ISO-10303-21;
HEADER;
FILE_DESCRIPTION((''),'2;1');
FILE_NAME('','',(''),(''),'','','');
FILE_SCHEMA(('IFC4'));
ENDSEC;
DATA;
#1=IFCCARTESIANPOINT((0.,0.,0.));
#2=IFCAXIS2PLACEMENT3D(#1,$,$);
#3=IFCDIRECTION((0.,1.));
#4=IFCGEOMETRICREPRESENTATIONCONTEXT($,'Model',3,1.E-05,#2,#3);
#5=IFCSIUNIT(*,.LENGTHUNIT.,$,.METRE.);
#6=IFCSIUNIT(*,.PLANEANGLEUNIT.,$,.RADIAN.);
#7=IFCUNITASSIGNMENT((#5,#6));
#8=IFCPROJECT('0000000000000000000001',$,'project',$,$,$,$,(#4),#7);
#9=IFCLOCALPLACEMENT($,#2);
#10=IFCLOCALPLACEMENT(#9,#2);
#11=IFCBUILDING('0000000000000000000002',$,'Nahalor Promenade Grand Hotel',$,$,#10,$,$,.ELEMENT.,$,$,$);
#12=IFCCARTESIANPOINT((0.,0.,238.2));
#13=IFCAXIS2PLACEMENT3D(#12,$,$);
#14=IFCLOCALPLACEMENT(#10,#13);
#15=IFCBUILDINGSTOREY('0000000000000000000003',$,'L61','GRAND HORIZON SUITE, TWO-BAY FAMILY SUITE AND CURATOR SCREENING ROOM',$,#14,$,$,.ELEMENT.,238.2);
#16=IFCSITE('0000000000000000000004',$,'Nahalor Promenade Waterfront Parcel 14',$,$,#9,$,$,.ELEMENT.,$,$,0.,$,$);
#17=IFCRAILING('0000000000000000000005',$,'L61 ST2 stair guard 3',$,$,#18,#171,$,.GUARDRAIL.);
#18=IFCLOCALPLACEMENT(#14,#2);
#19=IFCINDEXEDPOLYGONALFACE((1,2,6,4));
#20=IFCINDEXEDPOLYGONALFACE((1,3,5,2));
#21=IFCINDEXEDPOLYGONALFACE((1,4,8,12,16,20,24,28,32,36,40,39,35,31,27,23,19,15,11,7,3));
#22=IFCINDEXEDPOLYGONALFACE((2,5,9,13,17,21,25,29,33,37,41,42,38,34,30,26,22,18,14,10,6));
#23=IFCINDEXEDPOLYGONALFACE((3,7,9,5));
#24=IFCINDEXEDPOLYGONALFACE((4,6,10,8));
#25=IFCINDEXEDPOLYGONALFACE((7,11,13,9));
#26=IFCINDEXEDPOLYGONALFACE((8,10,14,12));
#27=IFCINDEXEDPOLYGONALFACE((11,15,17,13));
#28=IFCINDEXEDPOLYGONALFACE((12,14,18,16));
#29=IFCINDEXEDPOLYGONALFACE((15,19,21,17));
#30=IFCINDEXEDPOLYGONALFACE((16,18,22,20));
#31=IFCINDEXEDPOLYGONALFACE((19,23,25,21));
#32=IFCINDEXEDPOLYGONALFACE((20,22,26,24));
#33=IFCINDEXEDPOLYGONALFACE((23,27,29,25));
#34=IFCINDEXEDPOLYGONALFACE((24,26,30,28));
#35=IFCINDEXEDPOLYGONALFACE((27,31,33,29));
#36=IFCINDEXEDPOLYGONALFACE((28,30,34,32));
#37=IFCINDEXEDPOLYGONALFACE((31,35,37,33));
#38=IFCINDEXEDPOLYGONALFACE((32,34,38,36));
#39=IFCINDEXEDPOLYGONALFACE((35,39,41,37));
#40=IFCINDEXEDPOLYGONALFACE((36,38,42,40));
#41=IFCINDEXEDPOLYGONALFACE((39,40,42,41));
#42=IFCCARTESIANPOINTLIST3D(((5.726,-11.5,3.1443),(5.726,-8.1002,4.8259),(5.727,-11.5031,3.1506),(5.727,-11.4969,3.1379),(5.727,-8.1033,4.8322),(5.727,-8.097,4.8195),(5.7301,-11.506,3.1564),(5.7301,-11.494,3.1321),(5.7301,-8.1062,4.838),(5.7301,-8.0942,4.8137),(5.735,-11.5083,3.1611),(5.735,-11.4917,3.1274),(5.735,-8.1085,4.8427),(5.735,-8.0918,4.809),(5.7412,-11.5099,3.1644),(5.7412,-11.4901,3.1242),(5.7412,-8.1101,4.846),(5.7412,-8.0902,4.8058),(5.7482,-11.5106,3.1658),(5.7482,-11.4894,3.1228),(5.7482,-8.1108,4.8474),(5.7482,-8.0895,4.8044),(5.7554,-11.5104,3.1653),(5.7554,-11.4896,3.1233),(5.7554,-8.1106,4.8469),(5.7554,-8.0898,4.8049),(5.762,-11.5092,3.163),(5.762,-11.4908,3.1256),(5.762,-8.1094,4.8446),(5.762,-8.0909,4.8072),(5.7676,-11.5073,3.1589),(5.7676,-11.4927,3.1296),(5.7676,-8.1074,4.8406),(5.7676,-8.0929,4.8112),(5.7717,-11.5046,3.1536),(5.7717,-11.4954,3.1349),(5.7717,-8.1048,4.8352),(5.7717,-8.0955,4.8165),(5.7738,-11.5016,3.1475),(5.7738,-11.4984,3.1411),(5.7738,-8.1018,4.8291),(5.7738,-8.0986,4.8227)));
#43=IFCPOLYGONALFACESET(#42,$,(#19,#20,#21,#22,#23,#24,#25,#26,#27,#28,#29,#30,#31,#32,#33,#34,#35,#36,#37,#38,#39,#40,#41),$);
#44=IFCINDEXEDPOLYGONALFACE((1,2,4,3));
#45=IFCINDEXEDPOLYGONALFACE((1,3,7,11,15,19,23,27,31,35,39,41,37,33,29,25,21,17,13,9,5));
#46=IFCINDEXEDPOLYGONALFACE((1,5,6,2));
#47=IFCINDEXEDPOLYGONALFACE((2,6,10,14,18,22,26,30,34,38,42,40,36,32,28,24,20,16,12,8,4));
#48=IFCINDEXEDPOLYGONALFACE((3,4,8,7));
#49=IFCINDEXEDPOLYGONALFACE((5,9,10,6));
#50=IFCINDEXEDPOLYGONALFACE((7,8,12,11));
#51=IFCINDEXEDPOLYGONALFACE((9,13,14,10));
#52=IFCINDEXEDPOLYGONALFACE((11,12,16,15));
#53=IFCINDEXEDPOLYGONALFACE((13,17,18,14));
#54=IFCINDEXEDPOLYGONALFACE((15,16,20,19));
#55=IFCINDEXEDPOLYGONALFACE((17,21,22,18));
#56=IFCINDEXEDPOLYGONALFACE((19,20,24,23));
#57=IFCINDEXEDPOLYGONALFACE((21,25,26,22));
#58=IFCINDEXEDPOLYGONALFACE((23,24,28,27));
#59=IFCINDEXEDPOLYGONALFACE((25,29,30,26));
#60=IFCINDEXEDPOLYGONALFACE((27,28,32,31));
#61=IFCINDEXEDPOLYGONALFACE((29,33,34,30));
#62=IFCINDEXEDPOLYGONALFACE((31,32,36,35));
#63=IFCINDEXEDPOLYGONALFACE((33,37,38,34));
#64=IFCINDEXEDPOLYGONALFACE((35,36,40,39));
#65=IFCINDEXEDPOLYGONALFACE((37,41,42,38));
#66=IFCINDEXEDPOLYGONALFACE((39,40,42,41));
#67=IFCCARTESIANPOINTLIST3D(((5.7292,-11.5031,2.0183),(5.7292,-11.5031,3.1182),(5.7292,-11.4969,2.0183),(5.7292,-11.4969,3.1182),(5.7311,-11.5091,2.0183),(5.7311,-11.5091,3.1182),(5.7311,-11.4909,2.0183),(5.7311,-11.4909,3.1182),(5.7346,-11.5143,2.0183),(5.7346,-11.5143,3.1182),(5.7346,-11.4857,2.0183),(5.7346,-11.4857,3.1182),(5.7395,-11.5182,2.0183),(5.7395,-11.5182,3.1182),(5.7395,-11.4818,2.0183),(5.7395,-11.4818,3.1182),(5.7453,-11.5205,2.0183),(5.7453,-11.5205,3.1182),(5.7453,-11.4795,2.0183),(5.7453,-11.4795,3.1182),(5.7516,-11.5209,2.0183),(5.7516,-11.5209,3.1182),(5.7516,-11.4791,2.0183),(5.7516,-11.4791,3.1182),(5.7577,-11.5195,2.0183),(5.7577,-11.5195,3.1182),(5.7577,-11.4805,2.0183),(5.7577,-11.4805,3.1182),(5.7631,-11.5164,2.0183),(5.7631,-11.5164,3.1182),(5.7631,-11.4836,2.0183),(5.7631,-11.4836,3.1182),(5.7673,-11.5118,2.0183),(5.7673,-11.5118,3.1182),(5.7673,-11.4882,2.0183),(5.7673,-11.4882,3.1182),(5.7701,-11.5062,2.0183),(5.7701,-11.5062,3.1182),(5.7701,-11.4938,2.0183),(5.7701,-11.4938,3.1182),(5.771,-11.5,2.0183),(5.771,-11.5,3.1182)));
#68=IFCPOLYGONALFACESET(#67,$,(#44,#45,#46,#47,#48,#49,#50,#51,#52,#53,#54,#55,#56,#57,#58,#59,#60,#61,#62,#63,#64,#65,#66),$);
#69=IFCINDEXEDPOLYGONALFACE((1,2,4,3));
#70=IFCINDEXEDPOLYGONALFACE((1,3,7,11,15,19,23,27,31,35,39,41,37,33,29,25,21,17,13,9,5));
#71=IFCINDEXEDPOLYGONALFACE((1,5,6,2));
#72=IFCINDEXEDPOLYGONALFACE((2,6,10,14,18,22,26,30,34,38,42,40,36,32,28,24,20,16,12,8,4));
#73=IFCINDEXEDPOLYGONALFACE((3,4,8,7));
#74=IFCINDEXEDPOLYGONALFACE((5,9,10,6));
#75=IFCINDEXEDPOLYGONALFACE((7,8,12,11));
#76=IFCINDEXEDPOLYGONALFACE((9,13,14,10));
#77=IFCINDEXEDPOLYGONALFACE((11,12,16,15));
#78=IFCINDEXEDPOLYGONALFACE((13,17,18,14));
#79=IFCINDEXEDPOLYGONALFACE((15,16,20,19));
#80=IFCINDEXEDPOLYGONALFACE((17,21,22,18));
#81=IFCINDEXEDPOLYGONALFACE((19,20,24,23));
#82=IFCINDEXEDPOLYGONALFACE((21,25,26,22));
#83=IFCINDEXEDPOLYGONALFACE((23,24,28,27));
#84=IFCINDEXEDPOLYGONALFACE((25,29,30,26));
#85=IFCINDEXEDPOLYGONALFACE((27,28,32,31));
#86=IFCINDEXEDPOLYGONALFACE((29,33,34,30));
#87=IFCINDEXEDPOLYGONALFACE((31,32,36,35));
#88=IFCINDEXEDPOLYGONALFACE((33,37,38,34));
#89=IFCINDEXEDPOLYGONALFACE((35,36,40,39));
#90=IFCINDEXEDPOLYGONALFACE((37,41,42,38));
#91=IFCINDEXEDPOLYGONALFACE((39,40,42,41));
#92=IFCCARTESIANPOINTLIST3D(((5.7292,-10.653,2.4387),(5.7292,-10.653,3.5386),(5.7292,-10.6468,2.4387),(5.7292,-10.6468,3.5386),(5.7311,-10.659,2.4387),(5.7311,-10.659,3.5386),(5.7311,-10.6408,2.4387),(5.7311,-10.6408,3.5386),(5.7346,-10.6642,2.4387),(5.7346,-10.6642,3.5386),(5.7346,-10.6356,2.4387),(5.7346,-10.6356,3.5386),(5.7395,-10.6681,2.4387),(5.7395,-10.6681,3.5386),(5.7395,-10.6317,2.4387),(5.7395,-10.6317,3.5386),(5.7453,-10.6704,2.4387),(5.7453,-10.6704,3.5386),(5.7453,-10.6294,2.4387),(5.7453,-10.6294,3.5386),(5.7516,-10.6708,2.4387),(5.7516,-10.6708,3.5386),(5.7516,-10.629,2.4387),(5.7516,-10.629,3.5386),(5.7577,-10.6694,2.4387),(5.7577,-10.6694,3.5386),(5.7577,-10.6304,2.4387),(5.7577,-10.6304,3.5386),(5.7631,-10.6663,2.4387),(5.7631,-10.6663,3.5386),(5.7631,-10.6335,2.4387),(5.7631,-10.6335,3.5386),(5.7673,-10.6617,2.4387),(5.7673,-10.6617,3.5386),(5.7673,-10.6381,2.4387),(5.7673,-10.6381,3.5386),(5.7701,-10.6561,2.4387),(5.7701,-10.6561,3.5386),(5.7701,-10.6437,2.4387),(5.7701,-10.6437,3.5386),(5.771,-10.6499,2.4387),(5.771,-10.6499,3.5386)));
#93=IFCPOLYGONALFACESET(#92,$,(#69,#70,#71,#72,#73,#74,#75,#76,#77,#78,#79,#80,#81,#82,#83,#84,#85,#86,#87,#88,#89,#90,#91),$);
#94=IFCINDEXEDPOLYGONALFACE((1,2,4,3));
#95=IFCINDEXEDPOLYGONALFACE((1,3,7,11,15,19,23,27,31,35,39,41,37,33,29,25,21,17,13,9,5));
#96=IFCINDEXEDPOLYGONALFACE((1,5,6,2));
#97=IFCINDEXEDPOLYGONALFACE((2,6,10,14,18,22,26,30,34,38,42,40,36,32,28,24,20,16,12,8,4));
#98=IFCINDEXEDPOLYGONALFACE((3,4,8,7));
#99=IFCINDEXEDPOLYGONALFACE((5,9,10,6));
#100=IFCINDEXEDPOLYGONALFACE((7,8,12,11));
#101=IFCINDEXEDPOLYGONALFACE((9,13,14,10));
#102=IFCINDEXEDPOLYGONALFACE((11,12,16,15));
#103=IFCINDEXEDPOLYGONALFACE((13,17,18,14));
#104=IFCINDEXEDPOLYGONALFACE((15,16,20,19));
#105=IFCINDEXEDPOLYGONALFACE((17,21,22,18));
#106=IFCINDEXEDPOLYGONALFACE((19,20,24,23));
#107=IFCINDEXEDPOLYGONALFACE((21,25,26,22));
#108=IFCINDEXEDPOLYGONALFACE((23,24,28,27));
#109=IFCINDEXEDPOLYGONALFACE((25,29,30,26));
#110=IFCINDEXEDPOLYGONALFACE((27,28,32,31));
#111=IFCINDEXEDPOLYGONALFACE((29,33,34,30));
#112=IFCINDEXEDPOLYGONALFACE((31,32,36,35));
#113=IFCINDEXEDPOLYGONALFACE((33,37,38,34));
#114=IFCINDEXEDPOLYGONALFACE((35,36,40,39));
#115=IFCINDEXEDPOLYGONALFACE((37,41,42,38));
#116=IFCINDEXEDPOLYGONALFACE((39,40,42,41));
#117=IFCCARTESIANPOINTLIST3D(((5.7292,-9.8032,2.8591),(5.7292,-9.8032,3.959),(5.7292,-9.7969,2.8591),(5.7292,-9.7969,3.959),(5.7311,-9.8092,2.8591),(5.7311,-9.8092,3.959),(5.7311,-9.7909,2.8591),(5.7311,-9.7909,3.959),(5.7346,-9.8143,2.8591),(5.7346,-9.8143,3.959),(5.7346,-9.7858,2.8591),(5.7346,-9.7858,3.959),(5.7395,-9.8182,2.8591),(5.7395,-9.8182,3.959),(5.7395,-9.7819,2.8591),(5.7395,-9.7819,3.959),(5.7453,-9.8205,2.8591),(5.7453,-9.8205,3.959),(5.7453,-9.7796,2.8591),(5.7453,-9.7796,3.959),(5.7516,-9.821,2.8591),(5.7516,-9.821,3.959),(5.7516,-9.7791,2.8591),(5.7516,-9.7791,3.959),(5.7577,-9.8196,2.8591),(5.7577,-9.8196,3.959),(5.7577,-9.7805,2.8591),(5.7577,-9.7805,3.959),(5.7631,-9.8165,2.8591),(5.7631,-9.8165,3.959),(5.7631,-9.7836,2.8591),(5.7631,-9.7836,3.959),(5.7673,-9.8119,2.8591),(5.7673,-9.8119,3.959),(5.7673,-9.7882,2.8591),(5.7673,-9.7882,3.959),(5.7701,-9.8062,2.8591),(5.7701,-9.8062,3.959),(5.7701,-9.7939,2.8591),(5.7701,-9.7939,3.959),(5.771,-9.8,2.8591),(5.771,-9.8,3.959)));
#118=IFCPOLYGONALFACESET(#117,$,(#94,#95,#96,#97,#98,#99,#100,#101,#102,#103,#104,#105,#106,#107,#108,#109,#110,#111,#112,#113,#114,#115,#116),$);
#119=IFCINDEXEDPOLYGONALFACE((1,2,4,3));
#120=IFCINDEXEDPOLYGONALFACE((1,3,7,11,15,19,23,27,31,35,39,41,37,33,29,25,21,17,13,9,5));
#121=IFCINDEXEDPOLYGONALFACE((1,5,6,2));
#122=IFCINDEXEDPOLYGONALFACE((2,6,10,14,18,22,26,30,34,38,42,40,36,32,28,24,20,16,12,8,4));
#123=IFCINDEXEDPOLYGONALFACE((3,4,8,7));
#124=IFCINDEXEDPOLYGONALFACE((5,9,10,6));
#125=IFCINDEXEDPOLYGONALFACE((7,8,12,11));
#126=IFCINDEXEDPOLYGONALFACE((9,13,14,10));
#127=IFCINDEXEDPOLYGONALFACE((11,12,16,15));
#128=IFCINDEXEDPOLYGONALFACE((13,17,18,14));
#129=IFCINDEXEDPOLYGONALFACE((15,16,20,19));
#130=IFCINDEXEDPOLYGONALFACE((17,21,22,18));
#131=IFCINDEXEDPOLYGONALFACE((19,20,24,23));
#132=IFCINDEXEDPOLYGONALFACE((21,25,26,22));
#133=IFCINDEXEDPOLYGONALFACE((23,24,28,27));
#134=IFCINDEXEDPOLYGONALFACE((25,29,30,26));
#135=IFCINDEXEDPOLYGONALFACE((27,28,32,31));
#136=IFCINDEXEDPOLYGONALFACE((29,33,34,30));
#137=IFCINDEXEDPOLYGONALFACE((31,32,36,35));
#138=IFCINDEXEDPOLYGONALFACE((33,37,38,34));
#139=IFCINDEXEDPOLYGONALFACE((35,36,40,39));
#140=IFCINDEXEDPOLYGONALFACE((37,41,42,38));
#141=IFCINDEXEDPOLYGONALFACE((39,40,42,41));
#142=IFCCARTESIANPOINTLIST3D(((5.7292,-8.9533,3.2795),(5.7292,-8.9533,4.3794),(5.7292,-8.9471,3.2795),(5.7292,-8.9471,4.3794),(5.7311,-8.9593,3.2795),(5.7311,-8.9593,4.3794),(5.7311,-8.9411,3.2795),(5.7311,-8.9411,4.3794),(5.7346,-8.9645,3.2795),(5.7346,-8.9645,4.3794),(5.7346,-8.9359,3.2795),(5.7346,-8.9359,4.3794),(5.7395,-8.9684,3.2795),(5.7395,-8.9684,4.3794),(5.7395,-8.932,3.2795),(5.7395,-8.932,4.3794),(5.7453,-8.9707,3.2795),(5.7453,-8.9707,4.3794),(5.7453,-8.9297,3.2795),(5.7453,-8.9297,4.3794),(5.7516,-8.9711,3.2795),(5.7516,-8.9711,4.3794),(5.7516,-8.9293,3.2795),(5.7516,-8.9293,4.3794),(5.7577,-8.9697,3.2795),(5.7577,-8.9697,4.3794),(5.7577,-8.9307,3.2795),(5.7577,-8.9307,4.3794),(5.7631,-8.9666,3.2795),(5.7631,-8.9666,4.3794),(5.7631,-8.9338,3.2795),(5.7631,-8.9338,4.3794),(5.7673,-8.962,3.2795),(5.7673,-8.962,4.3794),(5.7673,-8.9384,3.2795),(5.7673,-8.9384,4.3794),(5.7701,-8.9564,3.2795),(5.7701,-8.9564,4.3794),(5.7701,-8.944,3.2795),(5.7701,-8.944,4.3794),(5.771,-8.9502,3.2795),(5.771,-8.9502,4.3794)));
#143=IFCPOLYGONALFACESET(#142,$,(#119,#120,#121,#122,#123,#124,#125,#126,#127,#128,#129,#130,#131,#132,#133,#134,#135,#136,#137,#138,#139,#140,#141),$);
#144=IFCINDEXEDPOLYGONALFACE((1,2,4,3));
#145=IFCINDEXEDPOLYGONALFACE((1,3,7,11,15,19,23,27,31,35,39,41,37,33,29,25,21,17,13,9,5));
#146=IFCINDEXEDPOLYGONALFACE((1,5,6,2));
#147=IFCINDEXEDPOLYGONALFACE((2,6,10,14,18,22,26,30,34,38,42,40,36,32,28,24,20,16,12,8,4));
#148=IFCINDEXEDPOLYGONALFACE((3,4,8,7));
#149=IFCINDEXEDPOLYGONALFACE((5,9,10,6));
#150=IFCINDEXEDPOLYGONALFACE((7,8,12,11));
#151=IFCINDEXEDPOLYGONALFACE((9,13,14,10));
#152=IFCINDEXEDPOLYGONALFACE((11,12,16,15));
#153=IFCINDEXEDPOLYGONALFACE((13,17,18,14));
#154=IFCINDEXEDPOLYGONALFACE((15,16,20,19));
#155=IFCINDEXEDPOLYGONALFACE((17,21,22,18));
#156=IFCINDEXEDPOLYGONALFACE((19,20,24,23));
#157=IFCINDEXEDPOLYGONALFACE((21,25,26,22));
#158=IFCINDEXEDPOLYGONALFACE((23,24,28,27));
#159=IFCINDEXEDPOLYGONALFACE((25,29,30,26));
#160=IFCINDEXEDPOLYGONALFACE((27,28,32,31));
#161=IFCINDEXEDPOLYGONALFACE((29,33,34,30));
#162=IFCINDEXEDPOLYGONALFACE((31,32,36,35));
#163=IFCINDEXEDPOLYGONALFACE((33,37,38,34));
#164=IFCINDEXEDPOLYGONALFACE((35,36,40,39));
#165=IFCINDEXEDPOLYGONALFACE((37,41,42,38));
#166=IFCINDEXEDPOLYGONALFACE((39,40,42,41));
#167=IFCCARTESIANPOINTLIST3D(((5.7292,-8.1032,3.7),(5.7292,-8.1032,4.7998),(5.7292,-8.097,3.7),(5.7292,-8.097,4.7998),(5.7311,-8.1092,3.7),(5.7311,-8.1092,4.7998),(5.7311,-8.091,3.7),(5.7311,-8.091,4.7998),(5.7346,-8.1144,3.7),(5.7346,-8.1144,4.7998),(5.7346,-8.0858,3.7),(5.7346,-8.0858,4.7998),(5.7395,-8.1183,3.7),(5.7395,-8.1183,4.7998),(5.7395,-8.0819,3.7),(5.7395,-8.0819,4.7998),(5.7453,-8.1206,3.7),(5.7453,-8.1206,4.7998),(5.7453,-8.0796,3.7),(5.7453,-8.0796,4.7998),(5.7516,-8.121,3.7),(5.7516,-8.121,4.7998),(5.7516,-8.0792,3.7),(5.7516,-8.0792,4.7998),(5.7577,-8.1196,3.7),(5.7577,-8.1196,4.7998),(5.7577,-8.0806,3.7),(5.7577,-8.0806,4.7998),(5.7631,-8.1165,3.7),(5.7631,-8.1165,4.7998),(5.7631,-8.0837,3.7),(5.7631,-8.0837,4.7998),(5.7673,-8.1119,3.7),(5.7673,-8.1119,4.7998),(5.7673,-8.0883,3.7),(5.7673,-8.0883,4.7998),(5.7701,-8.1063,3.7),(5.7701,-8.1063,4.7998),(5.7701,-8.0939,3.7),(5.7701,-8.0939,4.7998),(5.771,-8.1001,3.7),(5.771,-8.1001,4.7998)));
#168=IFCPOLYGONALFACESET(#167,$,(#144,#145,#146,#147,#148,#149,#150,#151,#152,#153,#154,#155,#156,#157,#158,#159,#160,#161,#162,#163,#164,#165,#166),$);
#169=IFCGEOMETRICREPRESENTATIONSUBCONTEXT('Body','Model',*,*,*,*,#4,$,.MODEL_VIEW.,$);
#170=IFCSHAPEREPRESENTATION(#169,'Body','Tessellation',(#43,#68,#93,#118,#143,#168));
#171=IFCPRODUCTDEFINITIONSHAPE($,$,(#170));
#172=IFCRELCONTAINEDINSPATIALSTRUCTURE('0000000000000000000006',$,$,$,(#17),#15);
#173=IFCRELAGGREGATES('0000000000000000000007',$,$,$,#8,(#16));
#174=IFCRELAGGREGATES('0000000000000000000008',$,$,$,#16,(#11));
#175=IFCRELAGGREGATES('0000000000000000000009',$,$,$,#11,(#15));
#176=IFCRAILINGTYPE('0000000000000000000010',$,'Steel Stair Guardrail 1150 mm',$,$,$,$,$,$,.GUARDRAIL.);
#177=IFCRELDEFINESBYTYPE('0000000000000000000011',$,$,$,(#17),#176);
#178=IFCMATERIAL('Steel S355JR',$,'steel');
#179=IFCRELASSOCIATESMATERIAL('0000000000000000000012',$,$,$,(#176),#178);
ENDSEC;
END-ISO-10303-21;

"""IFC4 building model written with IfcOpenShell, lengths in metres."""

from ifc_helpers import new_model, si_unit, direction, frame, origin, origin_2d, place, context, subcontext, project, spatial, circle, extrude, material, type_object, element, save


model = new_model("IFC4")

# Units and contexts
model_context = context("Model", 3, precision=1e-05, world=origin(), true_north=direction((0.0, 1.0)))
body_context = subcontext(model_context, "Body", "Model", "MODEL_VIEW")
ifc_project = project(units=[si_unit("LENGTHUNIT", "METRE"), si_unit("PLANEANGLEUNIT", "RADIAN")], contexts=[model_context])

# Site, building, storey
site_placement = place(None, origin())
site = spatial("IfcSite", under=ifc_project, at=site_placement, Name="Nahalor Promenade Waterfront Parcel 14", CompositionType="ELEMENT", RefElevation=0.0)
building_placement = place(site_placement, origin())
building = spatial("IfcBuilding", under=site, at=building_placement, Name="Nahalor Promenade Grand Hotel", CompositionType="ELEMENT")
storey_placement = place(building_placement, frame((0.0, 0.0, 238.2)))
storey = spatial("IfcBuildingStorey", under=building, at=storey_placement, Name="L61", Description="GRAND HORIZON SUITE, TWO-BAY FAMILY SUITE AND CURATOR SCREENING ROOM", CompositionType="ELEMENT", Elevation=238.2)

# Shared definitions
ifc_material_1 = material(Name="Steel S355JR", Category="steel")

# Railing
railing_type_1 = type_object("IfcRailingType", Name="Steel Stair Guardrail 1150 mm", PredefinedType="GUARDRAIL", material=ifc_material_1)
railing_1_placement = place(storey_placement, frame((5.75, -11.5, 2.0183)))
element("IfcRailing", 1, at=railing_1_placement, inside=storey, type_object=railing_type_1, Name="L61 ST2 stair guard 3", PredefinedType="GUARDRAIL", context=body_context, shape_type="SweptSolid", body=[
    extrude(circle(Radius=0.024, at=origin_2d()), frame((0.0, 0.0, 1.126), z_axis=(0.0, 0.89635, 0.443348), x_axis=(-1.0, 0.0, 0.0)), (0.0, 0.0, 1.0), 3.793),
    extrude(circle(Radius=0.021, at=origin_2d()), origin(), (0.0, 0.0, 1.0), 1.0999),
    extrude(circle(Radius=0.021, at=origin_2d()), frame((0.0, 0.8501, 0.4204)), (0.0, 0.0, 1.0), 1.0999),
    extrude(circle(Radius=0.021, at=origin_2d()), frame((0.0, 1.7, 0.8408)), (0.0, 0.0, 1.0), 1.0999),
    extrude(circle(Radius=0.021, at=origin_2d()), frame((0.0, 2.5498, 1.2612)), (0.0, 0.0, 1.0), 1.0999),
    extrude(circle(Radius=0.021, at=origin_2d()), frame((0.0, 3.3999, 1.6816)), (0.0, 0.0, 1.0), 1.0999),
])

save(model, "model.ifc")
